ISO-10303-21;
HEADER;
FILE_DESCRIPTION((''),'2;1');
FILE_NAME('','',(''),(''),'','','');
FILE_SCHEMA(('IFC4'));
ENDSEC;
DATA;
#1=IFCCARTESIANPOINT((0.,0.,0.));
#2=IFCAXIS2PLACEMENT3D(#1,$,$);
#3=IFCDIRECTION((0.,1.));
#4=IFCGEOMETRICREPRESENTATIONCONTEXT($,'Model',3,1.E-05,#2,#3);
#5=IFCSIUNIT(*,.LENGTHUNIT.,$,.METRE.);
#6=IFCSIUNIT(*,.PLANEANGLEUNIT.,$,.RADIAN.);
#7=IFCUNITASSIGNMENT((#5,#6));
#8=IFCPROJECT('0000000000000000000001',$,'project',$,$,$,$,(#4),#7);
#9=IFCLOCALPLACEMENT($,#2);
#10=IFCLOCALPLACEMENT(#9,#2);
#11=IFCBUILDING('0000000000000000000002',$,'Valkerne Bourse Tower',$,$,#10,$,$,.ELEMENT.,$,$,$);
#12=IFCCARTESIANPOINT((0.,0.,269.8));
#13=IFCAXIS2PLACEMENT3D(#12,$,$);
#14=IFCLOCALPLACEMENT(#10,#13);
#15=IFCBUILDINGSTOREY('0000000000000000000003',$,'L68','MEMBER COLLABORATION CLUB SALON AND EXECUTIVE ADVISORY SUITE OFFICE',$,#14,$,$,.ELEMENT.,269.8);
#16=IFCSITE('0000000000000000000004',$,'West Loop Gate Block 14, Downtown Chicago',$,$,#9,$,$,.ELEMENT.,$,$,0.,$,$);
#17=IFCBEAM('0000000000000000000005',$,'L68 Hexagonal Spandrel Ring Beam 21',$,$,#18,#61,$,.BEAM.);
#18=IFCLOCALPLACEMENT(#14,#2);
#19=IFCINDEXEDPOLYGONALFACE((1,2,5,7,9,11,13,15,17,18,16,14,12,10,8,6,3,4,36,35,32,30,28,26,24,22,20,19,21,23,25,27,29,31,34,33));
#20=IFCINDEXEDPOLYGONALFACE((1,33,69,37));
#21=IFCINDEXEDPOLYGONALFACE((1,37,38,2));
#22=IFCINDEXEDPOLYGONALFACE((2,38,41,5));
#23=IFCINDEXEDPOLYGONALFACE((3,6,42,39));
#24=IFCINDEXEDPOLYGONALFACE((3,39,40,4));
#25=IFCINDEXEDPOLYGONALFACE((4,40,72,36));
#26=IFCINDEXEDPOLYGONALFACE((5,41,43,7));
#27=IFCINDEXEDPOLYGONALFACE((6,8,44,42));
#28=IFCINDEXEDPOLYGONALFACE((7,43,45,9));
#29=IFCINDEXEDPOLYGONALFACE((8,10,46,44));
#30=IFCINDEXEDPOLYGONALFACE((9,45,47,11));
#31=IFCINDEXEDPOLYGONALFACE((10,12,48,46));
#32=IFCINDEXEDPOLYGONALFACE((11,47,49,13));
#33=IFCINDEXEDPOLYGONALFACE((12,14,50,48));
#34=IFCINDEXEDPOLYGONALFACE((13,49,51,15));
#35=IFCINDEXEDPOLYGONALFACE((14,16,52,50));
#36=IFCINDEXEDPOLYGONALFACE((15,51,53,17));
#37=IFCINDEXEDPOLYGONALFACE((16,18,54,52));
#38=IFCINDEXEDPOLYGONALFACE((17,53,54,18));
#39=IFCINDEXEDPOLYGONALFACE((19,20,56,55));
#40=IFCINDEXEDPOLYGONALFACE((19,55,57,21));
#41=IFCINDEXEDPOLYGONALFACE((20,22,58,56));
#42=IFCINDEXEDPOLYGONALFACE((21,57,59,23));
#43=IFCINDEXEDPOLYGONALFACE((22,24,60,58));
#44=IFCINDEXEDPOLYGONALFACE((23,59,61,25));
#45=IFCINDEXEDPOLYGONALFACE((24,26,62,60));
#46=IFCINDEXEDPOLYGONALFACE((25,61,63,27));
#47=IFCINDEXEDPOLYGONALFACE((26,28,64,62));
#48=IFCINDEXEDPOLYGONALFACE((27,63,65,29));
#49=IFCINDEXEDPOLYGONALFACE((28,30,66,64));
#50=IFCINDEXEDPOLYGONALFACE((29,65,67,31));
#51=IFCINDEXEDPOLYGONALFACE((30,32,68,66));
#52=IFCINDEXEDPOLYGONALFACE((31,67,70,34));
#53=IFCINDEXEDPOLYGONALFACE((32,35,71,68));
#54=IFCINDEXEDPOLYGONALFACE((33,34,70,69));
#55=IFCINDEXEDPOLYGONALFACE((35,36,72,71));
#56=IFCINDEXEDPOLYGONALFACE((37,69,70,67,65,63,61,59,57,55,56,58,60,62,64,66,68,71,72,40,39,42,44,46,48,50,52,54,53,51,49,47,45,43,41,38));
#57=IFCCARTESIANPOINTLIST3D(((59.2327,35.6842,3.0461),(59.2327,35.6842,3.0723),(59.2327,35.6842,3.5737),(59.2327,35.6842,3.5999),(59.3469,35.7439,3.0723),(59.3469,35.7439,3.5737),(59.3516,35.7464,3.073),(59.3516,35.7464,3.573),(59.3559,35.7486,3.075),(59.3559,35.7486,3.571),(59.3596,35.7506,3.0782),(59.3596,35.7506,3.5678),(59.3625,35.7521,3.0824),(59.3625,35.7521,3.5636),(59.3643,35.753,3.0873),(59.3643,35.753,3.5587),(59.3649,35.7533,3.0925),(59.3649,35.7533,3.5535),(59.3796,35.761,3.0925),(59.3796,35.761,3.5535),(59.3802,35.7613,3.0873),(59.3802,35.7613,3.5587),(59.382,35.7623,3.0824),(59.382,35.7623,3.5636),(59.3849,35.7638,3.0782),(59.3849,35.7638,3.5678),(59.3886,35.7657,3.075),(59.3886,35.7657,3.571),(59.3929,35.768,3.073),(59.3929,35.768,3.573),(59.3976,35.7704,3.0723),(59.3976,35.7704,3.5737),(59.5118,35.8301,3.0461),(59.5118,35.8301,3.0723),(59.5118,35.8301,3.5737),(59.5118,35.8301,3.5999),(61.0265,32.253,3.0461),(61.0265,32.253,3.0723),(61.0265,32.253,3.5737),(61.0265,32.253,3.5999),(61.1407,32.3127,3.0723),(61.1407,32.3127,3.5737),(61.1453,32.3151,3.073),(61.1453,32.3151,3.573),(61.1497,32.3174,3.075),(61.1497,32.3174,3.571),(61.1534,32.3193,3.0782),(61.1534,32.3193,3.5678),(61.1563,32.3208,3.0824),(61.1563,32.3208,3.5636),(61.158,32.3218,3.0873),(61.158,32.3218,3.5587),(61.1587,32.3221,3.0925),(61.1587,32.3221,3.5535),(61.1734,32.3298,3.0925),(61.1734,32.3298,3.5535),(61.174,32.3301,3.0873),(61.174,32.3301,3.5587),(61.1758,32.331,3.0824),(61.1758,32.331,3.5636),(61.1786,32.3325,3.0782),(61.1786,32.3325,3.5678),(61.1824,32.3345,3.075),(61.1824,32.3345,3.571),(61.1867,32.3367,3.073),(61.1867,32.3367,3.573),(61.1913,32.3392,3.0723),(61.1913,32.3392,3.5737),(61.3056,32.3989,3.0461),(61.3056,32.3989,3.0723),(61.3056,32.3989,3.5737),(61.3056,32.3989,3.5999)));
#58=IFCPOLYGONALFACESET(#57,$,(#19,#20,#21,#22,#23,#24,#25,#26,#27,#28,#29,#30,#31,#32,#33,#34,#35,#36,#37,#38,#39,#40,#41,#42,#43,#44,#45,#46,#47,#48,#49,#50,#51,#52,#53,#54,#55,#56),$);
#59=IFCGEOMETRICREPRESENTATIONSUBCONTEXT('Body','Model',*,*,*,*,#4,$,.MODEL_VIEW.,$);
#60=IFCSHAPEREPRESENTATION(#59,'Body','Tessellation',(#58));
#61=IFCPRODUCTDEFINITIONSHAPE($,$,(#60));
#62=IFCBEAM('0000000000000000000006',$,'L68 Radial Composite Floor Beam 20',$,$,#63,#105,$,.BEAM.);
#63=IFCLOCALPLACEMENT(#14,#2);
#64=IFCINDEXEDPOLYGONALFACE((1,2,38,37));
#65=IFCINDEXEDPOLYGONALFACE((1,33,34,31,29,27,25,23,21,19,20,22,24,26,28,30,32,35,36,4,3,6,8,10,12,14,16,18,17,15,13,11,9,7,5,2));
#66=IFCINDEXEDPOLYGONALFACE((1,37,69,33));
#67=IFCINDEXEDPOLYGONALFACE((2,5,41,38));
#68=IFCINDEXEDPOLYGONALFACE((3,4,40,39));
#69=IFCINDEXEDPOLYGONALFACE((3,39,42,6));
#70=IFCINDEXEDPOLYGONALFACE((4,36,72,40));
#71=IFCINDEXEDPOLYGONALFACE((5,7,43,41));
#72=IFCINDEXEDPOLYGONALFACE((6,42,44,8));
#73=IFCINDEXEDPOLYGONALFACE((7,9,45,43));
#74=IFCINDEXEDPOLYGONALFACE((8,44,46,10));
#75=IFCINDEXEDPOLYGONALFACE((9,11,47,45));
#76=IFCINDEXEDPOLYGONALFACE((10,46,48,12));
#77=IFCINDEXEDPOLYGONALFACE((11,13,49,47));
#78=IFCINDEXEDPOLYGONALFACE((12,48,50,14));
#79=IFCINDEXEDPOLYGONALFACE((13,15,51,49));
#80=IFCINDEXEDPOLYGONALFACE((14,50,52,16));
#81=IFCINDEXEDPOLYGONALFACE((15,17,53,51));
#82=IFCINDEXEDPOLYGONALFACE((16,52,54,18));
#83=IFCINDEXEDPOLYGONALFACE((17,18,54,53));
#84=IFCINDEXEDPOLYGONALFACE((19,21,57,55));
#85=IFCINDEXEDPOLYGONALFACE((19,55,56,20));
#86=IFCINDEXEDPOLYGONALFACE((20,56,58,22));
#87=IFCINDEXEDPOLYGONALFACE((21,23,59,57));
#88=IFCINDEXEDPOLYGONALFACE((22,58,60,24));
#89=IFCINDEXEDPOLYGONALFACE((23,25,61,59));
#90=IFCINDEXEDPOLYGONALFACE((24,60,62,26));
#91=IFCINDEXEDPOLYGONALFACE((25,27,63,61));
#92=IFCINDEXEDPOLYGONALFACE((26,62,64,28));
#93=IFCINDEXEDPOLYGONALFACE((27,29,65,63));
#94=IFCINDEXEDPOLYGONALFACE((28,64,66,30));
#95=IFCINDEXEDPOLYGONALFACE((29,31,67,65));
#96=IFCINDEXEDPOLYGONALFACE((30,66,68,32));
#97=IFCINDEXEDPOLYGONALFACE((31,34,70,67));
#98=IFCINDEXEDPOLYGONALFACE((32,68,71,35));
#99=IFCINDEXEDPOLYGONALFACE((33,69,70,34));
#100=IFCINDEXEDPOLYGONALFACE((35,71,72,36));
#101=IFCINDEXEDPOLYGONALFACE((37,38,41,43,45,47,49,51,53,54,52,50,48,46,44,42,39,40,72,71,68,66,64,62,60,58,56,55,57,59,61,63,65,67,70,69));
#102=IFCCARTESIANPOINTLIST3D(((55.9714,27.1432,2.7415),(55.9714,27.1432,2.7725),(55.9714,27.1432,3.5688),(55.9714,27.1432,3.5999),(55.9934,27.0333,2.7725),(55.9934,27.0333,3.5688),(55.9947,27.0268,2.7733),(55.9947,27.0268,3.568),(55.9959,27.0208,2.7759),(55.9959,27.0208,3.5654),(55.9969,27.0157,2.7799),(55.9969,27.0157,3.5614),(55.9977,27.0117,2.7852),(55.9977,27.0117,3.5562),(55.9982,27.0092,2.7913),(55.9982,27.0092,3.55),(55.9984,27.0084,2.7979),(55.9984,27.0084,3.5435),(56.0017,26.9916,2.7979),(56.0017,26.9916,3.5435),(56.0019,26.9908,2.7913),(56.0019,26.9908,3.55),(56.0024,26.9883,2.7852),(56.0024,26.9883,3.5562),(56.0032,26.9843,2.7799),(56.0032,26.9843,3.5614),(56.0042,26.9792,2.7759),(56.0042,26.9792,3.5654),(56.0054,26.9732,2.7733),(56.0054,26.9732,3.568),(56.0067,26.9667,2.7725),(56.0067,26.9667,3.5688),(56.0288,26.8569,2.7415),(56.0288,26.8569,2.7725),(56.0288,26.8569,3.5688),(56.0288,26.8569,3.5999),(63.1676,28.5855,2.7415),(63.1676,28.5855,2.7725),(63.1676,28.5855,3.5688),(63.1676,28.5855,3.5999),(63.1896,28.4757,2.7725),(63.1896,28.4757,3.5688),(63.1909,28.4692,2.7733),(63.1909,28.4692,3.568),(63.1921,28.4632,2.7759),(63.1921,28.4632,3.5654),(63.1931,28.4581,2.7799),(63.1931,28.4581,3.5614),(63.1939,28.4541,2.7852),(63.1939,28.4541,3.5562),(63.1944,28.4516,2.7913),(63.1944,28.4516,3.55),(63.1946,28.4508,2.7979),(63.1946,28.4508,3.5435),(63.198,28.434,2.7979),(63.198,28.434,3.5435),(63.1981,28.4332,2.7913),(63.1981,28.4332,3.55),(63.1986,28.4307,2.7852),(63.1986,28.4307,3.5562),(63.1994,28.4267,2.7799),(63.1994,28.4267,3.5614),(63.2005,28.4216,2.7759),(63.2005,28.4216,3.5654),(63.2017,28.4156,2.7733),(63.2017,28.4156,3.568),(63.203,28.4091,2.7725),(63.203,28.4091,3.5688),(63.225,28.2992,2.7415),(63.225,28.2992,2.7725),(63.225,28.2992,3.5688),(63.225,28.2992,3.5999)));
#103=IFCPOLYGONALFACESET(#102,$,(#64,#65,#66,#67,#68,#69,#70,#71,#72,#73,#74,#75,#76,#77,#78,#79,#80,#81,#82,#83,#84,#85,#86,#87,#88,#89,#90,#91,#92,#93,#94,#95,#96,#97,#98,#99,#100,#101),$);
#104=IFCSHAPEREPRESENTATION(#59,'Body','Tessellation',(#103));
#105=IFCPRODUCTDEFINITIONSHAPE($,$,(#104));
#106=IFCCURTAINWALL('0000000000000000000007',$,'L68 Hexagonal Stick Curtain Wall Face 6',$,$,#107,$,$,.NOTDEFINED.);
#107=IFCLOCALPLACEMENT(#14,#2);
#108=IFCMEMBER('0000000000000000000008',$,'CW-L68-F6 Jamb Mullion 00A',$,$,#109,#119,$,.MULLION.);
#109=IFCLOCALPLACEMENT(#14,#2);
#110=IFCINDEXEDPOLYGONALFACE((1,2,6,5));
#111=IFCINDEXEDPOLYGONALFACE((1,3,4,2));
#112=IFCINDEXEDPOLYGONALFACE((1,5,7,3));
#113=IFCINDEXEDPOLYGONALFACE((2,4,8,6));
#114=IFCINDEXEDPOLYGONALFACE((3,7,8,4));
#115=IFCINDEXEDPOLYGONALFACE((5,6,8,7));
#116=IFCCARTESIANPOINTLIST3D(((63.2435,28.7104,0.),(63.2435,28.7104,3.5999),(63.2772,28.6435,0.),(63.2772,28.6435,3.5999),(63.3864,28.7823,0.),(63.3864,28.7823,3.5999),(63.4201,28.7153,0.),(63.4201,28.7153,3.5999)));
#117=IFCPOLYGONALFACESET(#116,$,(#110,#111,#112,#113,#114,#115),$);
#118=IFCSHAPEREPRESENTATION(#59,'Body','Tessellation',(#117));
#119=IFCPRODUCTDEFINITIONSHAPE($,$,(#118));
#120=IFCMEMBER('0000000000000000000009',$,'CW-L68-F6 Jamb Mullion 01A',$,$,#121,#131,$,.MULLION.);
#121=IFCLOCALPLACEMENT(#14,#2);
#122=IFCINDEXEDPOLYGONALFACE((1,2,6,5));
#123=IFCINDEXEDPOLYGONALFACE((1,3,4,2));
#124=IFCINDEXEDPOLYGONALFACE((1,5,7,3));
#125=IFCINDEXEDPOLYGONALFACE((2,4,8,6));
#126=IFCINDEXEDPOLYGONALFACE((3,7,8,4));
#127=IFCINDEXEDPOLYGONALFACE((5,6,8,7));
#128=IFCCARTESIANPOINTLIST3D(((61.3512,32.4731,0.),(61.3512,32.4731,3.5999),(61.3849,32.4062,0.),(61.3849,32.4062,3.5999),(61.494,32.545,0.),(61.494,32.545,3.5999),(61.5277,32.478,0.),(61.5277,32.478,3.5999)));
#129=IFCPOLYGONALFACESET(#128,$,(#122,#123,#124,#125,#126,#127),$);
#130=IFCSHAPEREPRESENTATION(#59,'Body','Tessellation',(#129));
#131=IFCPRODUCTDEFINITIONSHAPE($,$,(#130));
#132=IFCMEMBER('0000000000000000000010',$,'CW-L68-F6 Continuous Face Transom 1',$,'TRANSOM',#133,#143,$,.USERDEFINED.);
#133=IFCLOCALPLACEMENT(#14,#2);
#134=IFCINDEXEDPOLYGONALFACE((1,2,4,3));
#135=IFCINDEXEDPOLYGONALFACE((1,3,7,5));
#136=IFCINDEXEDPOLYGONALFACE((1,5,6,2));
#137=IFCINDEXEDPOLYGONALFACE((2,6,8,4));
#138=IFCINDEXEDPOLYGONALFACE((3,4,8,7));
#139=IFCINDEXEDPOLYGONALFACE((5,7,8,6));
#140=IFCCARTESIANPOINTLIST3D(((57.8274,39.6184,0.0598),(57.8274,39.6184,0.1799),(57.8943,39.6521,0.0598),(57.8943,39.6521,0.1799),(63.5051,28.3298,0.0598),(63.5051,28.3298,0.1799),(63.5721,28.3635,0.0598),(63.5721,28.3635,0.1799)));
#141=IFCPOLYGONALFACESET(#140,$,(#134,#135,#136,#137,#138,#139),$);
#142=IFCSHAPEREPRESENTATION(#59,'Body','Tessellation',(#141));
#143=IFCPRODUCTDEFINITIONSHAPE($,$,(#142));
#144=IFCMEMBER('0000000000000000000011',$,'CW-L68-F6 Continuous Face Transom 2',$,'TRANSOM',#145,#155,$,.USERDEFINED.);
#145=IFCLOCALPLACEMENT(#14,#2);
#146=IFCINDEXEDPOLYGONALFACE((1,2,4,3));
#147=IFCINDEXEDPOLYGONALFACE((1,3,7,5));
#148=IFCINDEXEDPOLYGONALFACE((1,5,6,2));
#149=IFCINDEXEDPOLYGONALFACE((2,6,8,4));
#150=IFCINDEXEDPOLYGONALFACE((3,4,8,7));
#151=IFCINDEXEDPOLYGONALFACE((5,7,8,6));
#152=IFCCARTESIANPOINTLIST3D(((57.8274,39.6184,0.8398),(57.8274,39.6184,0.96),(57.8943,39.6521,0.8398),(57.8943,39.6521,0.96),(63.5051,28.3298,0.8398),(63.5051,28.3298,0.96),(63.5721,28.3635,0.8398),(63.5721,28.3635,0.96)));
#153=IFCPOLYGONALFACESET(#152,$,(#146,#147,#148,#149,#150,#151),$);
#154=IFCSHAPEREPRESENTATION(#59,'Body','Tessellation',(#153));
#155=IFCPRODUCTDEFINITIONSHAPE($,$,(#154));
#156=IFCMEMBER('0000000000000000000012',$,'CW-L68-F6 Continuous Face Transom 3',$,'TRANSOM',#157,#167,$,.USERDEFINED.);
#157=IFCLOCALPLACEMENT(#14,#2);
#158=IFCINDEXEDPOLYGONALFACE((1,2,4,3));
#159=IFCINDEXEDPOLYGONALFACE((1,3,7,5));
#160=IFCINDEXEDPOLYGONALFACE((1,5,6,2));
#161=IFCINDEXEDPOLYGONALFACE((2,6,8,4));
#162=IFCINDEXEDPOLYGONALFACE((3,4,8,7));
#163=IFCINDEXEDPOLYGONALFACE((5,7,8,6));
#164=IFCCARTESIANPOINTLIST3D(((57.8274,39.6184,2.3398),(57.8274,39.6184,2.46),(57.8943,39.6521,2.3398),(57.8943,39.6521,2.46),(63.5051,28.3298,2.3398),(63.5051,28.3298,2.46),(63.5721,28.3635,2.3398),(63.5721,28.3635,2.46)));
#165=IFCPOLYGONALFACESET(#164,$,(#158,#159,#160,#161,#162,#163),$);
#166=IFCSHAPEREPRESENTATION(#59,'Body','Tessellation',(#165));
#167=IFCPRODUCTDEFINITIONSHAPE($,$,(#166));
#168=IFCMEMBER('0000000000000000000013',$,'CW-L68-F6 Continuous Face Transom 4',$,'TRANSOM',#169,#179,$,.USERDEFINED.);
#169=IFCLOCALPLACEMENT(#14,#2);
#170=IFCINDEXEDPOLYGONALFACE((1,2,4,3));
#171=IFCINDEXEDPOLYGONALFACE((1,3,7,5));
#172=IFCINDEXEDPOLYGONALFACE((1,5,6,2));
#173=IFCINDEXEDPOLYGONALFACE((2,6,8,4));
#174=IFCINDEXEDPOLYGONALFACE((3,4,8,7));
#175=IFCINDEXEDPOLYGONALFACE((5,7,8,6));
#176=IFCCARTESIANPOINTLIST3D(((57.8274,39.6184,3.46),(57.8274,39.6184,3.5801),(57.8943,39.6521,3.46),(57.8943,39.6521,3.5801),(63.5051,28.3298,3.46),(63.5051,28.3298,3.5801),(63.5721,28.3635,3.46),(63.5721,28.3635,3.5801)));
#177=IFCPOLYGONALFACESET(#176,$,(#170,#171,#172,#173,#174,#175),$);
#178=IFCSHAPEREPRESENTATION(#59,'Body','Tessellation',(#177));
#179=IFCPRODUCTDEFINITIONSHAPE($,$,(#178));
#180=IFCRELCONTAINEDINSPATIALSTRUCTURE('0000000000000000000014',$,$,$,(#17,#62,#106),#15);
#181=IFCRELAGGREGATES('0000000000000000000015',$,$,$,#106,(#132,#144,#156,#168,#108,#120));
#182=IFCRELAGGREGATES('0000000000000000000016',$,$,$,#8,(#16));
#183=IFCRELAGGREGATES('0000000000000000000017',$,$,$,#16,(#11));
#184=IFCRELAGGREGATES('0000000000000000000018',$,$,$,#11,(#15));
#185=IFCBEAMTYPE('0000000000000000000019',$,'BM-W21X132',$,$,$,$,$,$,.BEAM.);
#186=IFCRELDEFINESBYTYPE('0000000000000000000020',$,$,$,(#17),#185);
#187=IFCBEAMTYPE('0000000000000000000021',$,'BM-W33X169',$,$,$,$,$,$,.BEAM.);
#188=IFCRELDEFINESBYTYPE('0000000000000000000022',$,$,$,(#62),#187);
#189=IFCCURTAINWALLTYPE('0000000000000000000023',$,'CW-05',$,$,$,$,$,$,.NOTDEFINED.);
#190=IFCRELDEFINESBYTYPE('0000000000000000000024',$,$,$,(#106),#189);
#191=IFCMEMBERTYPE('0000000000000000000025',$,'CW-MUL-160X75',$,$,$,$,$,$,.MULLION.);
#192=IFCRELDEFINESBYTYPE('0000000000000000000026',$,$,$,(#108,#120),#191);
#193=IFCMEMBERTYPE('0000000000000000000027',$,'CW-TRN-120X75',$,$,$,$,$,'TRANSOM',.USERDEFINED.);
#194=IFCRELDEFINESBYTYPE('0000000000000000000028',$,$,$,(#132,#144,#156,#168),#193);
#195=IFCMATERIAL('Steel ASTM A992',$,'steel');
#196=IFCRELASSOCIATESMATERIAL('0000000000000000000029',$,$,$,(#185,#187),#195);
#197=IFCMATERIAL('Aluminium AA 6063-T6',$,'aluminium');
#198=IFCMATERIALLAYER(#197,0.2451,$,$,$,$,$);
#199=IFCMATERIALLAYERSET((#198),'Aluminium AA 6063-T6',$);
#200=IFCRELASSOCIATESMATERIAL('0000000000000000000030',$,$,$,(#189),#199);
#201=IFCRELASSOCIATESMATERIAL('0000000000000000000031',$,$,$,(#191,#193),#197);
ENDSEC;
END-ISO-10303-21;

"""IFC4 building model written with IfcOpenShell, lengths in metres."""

from ifc_helpers import new_model, si_unit, direction, frame, origin, origin_2d, place, context, subcontext, project, spatial, rectangle, i_section, extrude, material, layer, layer_set, material_profile, profile_set, type_object, element, aggregate, save


model = new_model("IFC4")

# Units and contexts
model_context = context("Model", 3, precision=1e-05, world=origin(), true_north=direction((0.0, 1.0)))
body_context = subcontext(model_context, "Body", "Model", "MODEL_VIEW")
ifc_project = project(units=[si_unit("LENGTHUNIT", "METRE"), si_unit("PLANEANGLEUNIT", "RADIAN")], contexts=[model_context])

# Site, building, storey
site_placement = place(None, origin())
site = spatial("IfcSite", under=ifc_project, at=site_placement, Name="West Loop Gate Block 14, Downtown Chicago", CompositionType="ELEMENT", RefElevation=0.0)
building_placement = place(site_placement, origin())
building = spatial("IfcBuilding", under=site, at=building_placement, Name="Valkerne Bourse Tower", CompositionType="ELEMENT")
storey_placement = place(building_placement, frame((0.0, 0.0, 269.8)))
storey = spatial("IfcBuildingStorey", under=building, at=storey_placement, Name="L68", Description="MEMBER COLLABORATION CLUB SALON AND EXECUTIVE ADVISORY SUITE OFFICE", CompositionType="ELEMENT", Elevation=269.8)

# Beams
ifc_material_1 = material(Name="Steel ASTM A992", Category="steel")
ifc_material_profile_1 = material_profile(ifc_material_1, i_section(OverallWidth=0.3149, OverallDepth=0.5537, WebThickness=0.0166, FlangeThickness=0.0261, FilletRadius=0.0203, at=origin_2d()), Name="W21X132")
ifc_profile_set_1 = profile_set([ifc_material_profile_1], Name="Steel ASTM A992")
beam_type_1 = type_object("IfcBeamType", Name="BM-W21X132", PredefinedType="BEAM", material=ifc_profile_set_1)
for number, where, z_axis, x_axis, name in (
    (1, (61.166, 32.3259, 3.323), (-0.463283, 0.88621, 0.0), (-0.88621, -0.463283, 0.0), "L68 Hexagonal Spandrel Ring Beam 21"),
):
    element("IfcBeam", number, at=place(storey_placement, frame(where, z_axis=z_axis, x_axis=x_axis)), inside=storey, type_object=beam_type_1, Name=name, PredefinedType="BEAM", context=body_context, shape_type="SweptSolid", body=[
        extrude(i_section(OverallWidth=0.3149, OverallDepth=0.5537, WebThickness=0.0166, FlangeThickness=0.0261, FilletRadius=0.0203, at=origin_2d()), origin(), (0.0, 0.0, 1.0), 3.8718),
    ])
ifc_material_profile_2 = material_profile(ifc_material_1, i_section(OverallWidth=0.292, OverallDepth=0.8584, WebThickness=0.0171, FlangeThickness=0.031, FilletRadius=0.0254, at=origin_2d()), Name="W33X169")
ifc_profile_set_2 = profile_set([ifc_material_profile_2], Name="Steel ASTM A992")
beam_type_2 = type_object("IfcBeamType", Name="BM-W33X169", PredefinedType="BEAM", material=ifc_profile_set_2)
beam_placement = place(storey_placement, frame((63.1963, 28.4424, 3.1707), z_axis=(-0.980499, -0.196526, 0.0), x_axis=(0.196526, -0.980499, 0.0)))
element("IfcBeam", 2, at=beam_placement, inside=storey, type_object=beam_type_2, Name="L68 Radial Composite Floor Beam 20", PredefinedType="BEAM", context=body_context, shape_type="SweptSolid", body=[
    extrude(i_section(OverallWidth=0.292, OverallDepth=0.8584, WebThickness=0.0171, FlangeThickness=0.031, FilletRadius=0.0254, at=origin_2d()), origin(), (0.0, 0.0, 1.0), 7.3394),
])

# Curtain wall, members
ifc_material_2 = material(Name="Aluminium AA 6063-T6", Category="aluminium")
ifc_layer_1 = layer(ifc_material_2, 0.2451)
ifc_layer_set_1 = layer_set([ifc_layer_1], Name="Aluminium AA 6063-T6")
curtain_wall_type = type_object("IfcCurtainWallType", Name="CW-05", PredefinedType="NOTDEFINED", material=ifc_layer_set_1)
curtain_wall_placement = place(storey_placement, origin())
curtain_wall = element("IfcCurtainWall", 3, at=curtain_wall_placement, inside=storey, type_object=curtain_wall_type, Name="L68 Hexagonal Stick Curtain Wall Face 6", PredefinedType="NOTDEFINED")
ifc_material_profile_3 = material_profile(ifc_material_2, rectangle(XDim=0.075, YDim=0.1599, at=origin_2d()), Name="CWM-75X160")
ifc_profile_set_3 = profile_set([ifc_material_profile_3], Name="Aluminium AA 6063-T6")
member_type_1 = type_object("IfcMemberType", Name="CW-MUL-160X75", PredefinedType="MULLION", material=ifc_profile_set_3)
member_1_placement = place(storey_placement, frame((63.3318, 28.7129, 0.0), z_axis=(0.0, 0.0, 1.0), x_axis=(-0.449321, 0.893371, 0.0)))
member_1 = element("IfcMember", 4, at=member_1_placement, type_object=member_type_1, Name="CW-L68-F6 Jamb Mullion 00A", PredefinedType="MULLION", context=body_context, shape_type="SweptSolid", body=[
    extrude(rectangle(XDim=0.075, YDim=0.1599, at=origin_2d()), origin(), (0.0, 0.0, 1.0), 3.5999),
])
member_2_placement = place(storey_placement, frame((61.4395, 32.4756, 0.0), z_axis=(0.0, 0.0, 1.0), x_axis=(-0.449311, 0.893375, 0.0)))
member_2 = element("IfcMember", 5, at=member_2_placement, type_object=member_type_1, Name="CW-L68-F6 Jamb Mullion 01A", PredefinedType="MULLION", context=body_context, shape_type="SweptSolid", body=[
    extrude(rectangle(XDim=0.075, YDim=0.1599, at=origin_2d()), origin(), (0.0, 0.0, 1.0), 3.5999),
])
ifc_material_profile_4 = material_profile(ifc_material_2, rectangle(XDim=0.075, YDim=0.1201, at=origin_2d()), Name="CWT-75X120")
ifc_profile_set_4 = profile_set([ifc_material_profile_4], Name="Aluminium AA 6063-T6")
member_type_2 = type_object("IfcMemberType", Name="CW-TRN-120X75", ElementType="TRANSOM", PredefinedType="USERDEFINED", material=ifc_profile_set_4)
member_3_placement = place(storey_placement, frame((63.5386, 28.3467, 0.1199), z_axis=(-0.44933, 0.893366, 0.0), x_axis=(-0.893366, -0.44933, 0.0)))
member_3 = element("IfcMember", 6, at=member_3_placement, type_object=member_type_2, Name="CW-L68-F6 Continuous Face Transom 1", ObjectType="TRANSOM", PredefinedType="USERDEFINED", context=body_context, shape_type="SweptSolid", body=[
    extrude(rectangle(XDim=0.075, YDim=0.1201, at=origin_2d()), origin(), (0.0, 0.0, 1.0), 12.636),
])
member_4_placement = place(storey_placement, frame((63.5386, 28.3467, 0.8999), z_axis=(-0.44933, 0.893366, 0.0), x_axis=(-0.893366, -0.44933, 0.0)))
member_4 = element("IfcMember", 7, at=member_4_placement, type_object=member_type_2, Name="CW-L68-F6 Continuous Face Transom 2", ObjectType="TRANSOM", PredefinedType="USERDEFINED", context=body_context, shape_type="SweptSolid", body=[
    extrude(rectangle(XDim=0.075, YDim=0.1201, at=origin_2d()), origin(), (0.0, 0.0, 1.0), 12.636),
])
member_5_placement = place(storey_placement, frame((63.5386, 28.3467, 2.3999), z_axis=(-0.44933, 0.893366, 0.0), x_axis=(-0.893366, -0.44933, 0.0)))
member_5 = element("IfcMember", 8, at=member_5_placement, type_object=member_type_2, Name="CW-L68-F6 Continuous Face Transom 3", ObjectType="TRANSOM", PredefinedType="USERDEFINED", context=body_context, shape_type="SweptSolid", body=[
    extrude(rectangle(XDim=0.075, YDim=0.1201, at=origin_2d()), origin(), (0.0, 0.0, 1.0), 12.636),
])
member_6_placement = place(storey_placement, frame((63.5386, 28.3467, 3.52), z_axis=(-0.44933, 0.893366, 0.0), x_axis=(-0.893366, -0.44933, 0.0)))
member_6 = element("IfcMember", 9, at=member_6_placement, type_object=member_type_2, Name="CW-L68-F6 Continuous Face Transom 4", ObjectType="TRANSOM", PredefinedType="USERDEFINED", context=body_context, shape_type="SweptSolid", body=[
    extrude(rectangle(XDim=0.075, YDim=0.1201, at=origin_2d()), origin(), (0.0, 0.0, 1.0), 12.636),
])

aggregate(curtain_wall, [member_3, member_4, member_5, member_6, member_1, member_2])

save(model, "model.ifc")
